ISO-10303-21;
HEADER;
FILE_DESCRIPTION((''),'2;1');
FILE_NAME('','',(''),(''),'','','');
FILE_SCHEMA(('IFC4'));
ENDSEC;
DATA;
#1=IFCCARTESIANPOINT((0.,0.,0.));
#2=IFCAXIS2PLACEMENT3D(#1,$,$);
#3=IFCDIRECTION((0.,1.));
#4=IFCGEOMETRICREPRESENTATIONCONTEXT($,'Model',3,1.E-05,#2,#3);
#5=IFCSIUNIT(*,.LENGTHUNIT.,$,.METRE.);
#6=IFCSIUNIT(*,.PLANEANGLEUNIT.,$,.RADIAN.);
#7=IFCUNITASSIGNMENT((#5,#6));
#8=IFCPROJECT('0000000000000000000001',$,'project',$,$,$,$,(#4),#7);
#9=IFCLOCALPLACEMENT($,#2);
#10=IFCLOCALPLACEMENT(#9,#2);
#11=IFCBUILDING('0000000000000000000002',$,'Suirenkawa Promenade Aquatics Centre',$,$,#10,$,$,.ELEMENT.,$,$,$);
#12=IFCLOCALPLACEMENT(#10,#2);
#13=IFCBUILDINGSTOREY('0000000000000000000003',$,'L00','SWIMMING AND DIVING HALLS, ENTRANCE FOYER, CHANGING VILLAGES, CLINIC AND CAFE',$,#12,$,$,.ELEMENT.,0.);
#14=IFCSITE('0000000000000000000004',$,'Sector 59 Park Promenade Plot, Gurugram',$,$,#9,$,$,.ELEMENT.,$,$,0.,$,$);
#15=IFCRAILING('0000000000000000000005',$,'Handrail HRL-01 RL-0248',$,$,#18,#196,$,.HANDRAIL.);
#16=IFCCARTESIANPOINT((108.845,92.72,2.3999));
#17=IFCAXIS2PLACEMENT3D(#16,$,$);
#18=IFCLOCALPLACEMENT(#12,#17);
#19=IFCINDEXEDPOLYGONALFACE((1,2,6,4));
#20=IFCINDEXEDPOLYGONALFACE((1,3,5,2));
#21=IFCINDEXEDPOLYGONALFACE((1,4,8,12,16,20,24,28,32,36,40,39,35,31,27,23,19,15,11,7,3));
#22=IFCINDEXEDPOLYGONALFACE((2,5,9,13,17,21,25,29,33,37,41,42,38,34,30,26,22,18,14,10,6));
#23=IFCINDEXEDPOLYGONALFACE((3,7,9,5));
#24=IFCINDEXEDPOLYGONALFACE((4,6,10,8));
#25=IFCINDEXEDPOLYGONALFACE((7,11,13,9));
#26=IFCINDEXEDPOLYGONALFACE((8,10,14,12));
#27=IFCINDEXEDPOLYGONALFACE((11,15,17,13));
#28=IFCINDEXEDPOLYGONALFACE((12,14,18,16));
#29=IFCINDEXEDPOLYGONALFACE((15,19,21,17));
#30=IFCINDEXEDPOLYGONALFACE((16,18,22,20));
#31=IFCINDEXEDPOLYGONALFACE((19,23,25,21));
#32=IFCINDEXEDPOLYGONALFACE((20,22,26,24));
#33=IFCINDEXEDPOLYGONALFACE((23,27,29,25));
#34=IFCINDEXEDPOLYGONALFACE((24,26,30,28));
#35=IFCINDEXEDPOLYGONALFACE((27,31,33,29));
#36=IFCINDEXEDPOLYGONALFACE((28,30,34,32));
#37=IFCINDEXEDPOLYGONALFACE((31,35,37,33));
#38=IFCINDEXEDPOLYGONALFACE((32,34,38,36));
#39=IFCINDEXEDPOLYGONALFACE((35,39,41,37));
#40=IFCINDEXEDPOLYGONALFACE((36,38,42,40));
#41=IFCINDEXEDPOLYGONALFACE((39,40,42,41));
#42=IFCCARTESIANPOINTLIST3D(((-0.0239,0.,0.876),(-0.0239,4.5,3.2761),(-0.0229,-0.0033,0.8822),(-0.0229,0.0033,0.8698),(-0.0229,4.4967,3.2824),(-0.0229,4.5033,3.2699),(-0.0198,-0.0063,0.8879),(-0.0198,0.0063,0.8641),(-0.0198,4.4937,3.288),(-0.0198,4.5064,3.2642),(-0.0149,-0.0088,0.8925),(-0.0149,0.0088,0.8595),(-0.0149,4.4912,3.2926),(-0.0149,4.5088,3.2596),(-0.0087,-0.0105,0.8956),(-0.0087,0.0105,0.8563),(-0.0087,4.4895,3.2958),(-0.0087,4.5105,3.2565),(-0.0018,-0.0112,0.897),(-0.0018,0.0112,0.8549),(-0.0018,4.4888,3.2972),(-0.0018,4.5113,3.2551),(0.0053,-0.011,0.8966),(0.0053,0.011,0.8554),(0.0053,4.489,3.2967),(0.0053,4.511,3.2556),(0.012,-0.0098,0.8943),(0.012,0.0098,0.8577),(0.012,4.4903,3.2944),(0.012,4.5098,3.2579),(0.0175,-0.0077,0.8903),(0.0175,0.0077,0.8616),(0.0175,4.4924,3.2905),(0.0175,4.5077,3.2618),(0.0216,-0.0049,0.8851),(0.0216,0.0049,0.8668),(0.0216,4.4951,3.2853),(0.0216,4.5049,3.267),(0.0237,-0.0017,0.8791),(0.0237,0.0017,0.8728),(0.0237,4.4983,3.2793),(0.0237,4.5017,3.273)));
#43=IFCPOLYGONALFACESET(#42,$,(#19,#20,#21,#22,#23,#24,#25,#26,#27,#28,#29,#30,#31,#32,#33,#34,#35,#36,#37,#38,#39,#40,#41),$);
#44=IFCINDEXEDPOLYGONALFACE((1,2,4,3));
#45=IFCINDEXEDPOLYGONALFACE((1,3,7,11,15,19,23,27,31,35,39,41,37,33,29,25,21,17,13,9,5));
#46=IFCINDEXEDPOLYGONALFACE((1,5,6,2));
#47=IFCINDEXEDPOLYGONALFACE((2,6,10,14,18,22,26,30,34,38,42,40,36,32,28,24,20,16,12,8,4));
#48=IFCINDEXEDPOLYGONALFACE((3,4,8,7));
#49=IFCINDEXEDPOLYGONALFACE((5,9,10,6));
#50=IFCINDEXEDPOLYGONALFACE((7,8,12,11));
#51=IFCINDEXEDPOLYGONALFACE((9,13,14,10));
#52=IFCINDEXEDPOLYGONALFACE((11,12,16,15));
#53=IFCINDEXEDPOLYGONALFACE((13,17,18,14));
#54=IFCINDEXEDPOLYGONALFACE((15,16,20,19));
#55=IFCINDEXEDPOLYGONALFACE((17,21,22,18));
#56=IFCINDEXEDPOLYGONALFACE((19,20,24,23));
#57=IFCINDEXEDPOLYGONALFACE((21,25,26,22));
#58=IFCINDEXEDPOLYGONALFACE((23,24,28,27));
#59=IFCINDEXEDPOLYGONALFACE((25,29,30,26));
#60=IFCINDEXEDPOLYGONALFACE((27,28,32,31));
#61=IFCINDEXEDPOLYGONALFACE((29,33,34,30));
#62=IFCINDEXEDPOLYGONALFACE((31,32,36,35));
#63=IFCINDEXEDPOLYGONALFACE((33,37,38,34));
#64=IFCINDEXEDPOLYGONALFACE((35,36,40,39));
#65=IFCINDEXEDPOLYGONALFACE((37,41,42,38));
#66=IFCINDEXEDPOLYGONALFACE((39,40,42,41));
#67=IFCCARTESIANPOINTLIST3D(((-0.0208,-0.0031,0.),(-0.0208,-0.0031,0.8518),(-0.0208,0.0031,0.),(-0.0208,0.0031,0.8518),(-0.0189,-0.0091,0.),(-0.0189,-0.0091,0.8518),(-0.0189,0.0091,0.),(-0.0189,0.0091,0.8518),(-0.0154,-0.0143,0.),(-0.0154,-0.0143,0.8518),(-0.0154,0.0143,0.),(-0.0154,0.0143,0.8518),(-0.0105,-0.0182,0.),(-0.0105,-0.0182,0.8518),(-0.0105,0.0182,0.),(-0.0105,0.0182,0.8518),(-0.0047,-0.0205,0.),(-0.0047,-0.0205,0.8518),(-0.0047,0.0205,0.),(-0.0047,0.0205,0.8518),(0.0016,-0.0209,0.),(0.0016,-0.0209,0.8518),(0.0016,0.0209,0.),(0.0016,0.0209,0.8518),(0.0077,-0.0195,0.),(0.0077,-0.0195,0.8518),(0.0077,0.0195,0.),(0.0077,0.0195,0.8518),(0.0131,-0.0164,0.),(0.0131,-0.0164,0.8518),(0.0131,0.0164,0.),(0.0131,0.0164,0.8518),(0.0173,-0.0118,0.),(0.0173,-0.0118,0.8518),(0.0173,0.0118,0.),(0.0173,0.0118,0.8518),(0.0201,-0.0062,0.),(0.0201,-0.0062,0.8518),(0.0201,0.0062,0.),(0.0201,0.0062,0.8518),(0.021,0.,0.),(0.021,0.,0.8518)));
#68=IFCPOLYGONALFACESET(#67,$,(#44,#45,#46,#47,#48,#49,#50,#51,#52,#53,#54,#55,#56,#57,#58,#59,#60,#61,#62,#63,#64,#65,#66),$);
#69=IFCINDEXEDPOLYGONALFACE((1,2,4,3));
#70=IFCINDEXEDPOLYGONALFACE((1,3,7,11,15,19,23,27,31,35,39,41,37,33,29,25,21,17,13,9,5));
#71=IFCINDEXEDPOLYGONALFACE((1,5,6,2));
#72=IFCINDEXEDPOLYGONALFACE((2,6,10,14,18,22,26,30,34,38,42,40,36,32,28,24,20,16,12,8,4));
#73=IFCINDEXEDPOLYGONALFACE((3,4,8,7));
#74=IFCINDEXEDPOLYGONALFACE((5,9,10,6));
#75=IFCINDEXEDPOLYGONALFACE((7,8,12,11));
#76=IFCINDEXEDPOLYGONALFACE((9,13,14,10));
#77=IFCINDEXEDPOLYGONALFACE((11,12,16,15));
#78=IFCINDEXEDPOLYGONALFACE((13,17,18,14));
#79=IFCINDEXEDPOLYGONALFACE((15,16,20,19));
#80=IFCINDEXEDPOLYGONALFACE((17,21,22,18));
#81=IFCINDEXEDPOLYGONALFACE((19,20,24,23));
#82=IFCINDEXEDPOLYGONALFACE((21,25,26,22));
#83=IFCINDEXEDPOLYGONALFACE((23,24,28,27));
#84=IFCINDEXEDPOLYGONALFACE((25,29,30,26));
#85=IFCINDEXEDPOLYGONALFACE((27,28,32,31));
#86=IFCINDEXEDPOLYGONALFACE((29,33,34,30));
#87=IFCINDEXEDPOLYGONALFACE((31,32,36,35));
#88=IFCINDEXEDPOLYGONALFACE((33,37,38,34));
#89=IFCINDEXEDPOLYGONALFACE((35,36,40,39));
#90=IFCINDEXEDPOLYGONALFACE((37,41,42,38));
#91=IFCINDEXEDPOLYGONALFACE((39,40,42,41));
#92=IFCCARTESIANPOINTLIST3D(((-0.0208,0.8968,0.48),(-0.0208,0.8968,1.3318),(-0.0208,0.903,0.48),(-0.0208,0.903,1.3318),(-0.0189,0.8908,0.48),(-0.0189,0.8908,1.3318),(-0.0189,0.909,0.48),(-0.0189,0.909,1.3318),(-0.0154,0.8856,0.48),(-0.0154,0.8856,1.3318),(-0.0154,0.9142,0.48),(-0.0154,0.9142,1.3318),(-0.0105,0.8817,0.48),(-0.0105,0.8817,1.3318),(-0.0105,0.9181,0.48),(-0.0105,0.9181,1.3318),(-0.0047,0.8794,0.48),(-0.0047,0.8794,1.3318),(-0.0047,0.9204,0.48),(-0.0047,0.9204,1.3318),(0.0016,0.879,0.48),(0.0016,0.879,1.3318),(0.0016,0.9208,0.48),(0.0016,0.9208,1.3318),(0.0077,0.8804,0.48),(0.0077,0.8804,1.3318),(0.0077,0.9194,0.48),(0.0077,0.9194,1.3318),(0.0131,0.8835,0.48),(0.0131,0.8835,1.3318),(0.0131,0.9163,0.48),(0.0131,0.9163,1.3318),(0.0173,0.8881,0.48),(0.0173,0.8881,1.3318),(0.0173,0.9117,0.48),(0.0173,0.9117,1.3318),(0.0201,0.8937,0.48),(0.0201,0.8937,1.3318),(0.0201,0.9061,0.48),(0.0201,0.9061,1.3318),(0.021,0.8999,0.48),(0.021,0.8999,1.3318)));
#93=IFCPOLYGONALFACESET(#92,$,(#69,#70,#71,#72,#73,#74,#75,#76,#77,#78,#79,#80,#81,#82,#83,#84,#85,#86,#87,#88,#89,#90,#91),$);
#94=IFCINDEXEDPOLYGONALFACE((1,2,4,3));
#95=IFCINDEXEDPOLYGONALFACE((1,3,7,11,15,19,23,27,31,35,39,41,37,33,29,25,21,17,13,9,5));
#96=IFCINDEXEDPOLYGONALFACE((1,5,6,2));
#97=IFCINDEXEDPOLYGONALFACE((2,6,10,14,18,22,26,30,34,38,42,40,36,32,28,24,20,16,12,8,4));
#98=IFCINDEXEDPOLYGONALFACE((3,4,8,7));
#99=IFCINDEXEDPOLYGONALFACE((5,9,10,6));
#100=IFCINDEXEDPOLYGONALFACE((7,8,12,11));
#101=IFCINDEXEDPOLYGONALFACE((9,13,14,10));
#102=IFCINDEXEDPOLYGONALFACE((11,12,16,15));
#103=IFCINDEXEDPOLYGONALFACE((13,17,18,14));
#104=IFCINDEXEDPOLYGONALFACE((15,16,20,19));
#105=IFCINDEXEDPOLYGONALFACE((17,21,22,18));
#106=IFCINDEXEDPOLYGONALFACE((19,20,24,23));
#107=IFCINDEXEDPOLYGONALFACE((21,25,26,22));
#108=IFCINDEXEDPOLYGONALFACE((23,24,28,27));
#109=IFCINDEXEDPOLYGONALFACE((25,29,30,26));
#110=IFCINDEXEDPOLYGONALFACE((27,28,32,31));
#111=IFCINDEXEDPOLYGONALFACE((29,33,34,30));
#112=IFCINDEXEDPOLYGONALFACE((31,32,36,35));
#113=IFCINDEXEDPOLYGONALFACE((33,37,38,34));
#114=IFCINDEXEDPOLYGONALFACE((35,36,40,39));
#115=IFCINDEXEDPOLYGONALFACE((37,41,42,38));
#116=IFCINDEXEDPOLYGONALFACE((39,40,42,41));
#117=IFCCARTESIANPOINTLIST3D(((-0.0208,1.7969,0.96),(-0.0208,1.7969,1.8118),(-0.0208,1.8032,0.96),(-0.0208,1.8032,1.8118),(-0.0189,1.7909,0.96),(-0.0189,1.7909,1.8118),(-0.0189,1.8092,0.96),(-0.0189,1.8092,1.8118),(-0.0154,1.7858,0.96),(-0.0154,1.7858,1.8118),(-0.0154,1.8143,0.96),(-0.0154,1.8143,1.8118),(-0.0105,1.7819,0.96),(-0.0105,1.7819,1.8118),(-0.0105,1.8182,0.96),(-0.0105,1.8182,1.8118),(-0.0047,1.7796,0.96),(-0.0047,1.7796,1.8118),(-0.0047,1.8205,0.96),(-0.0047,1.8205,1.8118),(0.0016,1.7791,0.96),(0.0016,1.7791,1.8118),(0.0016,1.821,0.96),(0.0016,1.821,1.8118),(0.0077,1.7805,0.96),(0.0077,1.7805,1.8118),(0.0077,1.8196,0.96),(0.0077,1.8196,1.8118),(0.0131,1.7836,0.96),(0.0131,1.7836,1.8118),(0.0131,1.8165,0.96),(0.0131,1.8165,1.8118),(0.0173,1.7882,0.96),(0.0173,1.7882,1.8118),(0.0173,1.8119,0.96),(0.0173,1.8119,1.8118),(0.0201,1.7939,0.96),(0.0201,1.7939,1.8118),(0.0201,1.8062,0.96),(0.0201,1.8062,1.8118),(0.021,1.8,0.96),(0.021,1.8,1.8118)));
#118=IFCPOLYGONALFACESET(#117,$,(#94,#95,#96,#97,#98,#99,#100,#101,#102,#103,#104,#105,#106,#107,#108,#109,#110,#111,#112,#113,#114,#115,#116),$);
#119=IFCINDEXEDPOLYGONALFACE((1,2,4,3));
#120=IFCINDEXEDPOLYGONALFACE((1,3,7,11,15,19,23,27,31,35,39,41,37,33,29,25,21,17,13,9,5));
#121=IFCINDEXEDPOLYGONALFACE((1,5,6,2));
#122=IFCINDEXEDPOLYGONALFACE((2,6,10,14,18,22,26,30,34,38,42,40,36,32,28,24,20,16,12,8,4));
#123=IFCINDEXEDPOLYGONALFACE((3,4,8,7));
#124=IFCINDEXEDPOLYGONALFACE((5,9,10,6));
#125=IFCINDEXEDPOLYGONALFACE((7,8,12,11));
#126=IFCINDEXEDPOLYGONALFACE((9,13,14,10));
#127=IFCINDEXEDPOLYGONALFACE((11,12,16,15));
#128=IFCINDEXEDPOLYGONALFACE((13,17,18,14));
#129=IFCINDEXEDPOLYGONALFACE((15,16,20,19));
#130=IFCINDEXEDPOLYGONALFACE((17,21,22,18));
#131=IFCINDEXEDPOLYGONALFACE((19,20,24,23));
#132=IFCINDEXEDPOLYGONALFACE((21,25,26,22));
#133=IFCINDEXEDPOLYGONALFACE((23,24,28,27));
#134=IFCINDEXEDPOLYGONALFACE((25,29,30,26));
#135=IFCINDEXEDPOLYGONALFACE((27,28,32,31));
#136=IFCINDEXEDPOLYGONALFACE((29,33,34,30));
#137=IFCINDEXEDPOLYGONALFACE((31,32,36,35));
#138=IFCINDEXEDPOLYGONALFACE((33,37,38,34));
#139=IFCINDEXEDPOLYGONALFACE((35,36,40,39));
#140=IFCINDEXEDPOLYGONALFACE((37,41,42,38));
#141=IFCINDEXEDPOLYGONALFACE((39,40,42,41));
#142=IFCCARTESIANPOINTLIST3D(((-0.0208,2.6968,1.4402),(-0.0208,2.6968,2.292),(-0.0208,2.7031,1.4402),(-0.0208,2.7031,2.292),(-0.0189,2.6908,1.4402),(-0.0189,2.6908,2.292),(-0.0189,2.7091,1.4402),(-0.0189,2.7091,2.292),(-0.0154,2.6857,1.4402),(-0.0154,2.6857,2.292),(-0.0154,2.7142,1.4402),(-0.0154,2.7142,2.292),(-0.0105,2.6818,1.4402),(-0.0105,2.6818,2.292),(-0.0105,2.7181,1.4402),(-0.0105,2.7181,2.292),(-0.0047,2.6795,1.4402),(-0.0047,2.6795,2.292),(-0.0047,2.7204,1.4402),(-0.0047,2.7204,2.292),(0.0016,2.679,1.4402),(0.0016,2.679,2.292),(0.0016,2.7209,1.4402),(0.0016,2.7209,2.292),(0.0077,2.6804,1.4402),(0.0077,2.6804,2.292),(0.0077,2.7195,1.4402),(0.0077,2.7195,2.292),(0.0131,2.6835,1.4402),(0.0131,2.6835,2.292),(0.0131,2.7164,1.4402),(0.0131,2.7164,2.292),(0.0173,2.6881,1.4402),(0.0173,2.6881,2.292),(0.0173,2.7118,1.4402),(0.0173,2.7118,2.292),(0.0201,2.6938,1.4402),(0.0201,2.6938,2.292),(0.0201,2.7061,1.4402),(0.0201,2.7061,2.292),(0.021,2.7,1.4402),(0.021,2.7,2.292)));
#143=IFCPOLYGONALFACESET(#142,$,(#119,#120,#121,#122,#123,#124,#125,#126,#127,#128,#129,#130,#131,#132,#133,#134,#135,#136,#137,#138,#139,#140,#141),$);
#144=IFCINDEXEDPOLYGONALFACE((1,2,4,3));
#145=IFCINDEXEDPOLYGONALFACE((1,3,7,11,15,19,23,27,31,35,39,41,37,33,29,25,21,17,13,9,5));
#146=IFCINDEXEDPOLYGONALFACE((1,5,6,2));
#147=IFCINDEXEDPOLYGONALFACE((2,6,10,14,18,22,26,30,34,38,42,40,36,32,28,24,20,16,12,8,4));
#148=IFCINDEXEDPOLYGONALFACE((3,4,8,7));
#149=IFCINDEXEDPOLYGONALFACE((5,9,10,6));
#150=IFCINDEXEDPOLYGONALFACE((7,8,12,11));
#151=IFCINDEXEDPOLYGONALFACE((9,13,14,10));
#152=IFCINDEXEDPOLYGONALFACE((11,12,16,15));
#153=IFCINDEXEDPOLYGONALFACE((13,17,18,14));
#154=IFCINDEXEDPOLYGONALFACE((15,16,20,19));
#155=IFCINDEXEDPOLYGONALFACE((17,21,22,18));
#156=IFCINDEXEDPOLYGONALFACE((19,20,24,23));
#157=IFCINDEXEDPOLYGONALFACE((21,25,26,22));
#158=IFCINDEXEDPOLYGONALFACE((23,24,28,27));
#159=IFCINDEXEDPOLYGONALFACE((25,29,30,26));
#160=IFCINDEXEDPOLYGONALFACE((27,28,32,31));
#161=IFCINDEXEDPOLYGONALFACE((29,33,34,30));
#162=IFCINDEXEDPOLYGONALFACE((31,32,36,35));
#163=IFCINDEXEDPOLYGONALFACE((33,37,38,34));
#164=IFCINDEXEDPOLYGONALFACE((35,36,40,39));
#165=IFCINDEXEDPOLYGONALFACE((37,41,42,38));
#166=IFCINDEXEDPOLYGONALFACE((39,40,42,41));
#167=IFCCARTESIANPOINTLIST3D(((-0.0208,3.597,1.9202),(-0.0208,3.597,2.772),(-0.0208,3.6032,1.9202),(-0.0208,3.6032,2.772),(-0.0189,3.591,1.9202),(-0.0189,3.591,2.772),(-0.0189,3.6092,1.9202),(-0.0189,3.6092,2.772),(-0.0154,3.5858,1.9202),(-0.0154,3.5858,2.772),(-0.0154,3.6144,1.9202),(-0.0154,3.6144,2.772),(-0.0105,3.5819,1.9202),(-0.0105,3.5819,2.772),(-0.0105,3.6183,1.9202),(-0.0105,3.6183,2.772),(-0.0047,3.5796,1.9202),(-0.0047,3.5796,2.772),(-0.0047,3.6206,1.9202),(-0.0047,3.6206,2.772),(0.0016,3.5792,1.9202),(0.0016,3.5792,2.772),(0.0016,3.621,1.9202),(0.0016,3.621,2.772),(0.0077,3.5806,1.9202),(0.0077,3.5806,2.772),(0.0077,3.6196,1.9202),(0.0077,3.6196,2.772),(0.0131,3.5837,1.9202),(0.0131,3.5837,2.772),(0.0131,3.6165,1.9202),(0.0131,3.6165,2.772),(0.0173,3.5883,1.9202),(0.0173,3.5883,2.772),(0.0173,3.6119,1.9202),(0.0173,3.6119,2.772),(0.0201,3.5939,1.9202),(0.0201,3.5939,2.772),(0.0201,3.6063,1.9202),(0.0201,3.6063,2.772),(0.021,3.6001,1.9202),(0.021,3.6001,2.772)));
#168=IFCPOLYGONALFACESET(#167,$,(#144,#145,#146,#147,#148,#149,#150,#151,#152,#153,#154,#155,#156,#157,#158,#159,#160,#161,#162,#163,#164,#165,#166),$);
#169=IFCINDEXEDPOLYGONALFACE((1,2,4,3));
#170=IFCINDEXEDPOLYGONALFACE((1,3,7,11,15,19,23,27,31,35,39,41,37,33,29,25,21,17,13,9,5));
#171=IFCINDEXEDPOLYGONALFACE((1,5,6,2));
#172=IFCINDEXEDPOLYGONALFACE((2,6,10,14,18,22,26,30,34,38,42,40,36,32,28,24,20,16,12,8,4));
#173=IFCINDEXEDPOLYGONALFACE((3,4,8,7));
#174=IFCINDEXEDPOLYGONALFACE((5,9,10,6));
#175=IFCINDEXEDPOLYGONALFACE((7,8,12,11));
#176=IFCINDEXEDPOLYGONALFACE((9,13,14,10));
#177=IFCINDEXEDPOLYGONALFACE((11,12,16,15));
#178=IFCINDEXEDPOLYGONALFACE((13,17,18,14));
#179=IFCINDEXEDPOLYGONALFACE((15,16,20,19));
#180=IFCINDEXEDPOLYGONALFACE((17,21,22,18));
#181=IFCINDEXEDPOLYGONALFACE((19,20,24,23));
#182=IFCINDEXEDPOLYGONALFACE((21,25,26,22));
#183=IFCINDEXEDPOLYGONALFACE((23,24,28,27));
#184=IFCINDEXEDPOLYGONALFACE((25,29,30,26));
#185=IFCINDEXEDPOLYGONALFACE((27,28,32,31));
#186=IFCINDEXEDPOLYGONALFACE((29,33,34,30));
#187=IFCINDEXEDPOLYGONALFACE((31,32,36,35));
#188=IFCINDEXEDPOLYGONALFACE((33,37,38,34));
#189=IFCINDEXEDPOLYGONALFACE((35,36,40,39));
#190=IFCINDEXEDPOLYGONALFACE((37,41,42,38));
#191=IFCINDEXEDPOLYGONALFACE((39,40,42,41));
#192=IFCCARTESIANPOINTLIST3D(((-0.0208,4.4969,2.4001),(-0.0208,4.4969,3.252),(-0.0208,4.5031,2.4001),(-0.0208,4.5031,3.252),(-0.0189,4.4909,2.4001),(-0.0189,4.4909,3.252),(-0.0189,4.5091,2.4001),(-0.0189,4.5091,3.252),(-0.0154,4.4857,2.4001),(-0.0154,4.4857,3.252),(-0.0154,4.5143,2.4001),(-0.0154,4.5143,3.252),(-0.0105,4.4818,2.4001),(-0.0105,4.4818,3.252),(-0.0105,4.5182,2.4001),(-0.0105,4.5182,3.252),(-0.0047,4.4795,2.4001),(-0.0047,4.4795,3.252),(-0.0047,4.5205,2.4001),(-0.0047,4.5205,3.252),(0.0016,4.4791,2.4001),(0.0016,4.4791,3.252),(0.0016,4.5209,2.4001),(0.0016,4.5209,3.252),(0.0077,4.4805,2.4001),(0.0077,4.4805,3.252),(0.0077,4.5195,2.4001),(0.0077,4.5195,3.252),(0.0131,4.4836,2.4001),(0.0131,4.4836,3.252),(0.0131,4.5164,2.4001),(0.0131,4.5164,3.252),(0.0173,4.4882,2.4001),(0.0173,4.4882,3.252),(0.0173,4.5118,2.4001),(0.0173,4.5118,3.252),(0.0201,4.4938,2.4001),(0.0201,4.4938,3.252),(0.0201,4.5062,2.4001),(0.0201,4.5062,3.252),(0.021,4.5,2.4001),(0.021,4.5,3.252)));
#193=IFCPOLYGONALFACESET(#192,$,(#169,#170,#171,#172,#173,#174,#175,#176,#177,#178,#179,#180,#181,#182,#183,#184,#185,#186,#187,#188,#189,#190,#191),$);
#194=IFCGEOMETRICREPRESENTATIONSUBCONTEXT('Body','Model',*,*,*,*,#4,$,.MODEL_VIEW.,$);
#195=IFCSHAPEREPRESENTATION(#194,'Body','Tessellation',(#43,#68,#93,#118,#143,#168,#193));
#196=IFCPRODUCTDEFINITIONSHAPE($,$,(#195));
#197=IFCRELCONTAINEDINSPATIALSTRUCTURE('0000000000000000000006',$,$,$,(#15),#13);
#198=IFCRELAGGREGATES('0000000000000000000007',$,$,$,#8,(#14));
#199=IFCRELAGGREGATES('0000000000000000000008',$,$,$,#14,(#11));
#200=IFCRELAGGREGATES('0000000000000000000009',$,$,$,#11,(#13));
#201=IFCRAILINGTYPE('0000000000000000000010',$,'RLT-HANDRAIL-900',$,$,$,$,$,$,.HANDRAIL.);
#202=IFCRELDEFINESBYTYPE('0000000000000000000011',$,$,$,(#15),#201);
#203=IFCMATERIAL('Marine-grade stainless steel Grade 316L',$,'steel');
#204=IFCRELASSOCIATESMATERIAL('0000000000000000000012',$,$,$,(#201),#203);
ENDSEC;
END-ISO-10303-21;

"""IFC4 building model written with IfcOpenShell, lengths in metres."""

from ifc_helpers import new_model, si_unit, direction, frame, origin, origin_2d, place, context, subcontext, project, spatial, circle, extrude, material, type_object, element, save


model = new_model("IFC4")

# Units and contexts
model_context = context("Model", 3, precision=1e-05, world=origin(), true_north=direction((0.0, 1.0)))
body_context = subcontext(model_context, "Body", "Model", "MODEL_VIEW")
ifc_project = project(units=[si_unit("LENGTHUNIT", "METRE"), si_unit("PLANEANGLEUNIT", "RADIAN")], contexts=[model_context])

# Site, building, storey
site_placement = place(None, origin())
site = spatial("IfcSite", under=ifc_project, at=site_placement, Name="Sector 59 Park Promenade Plot, Gurugram", CompositionType="ELEMENT", RefElevation=0.0)
building_placement = place(site_placement, origin())
building = spatial("IfcBuilding", under=site, at=building_placement, Name="Suirenkawa Promenade Aquatics Centre", CompositionType="ELEMENT")
storey_placement = place(building_placement, origin())
storey = spatial("IfcBuildingStorey", under=building, at=storey_placement, Name="L00", Description="SWIMMING AND DIVING HALLS, ENTRANCE FOYER, CHANGING VILLAGES, CLINIC AND CAFE", CompositionType="ELEMENT", Elevation=0.0)

# Railing
ifc_material_1 = material(Name="Marine-grade stainless steel Grade 316L", Category="steel")
railing_type_1 = type_object("IfcRailingType", Name="RLT-HANDRAIL-900", PredefinedType="HANDRAIL", material=ifc_material_1)
for number, where, name in (
    (1, (108.845, 92.72, 2.3999), "Handrail HRL-01 RL-0248"),
):
    element("IfcRailing", number, at=place(storey_placement, frame(where)), inside=storey, type_object=railing_type_1, Name=name, PredefinedType="HANDRAIL", context=body_context, shape_type="SweptSolid", body=[
        extrude(circle(Radius=0.0239, at=origin_2d()), frame((0.0, 0.0, 0.876), z_axis=(0.0, 0.882341, 0.470611), x_axis=(-1.0, 0.0, 0.0)), (0.0, 0.0, 1.0), 5.1001),
        extrude(circle(Radius=0.021, at=origin_2d()), origin(), (0.0, 0.0, 1.0), 0.8518),
        extrude(circle(Radius=0.021, at=origin_2d()), frame((0.0, 0.8999, 0.48)), (0.0, 0.0, 1.0), 0.8518),
        extrude(circle(Radius=0.021, at=origin_2d()), frame((0.0, 1.8, 0.96)), (0.0, 0.0, 1.0), 0.8518),
        extrude(circle(Radius=0.021, at=origin_2d()), frame((0.0, 2.7, 1.4402)), (0.0, 0.0, 1.0), 0.8518),
        extrude(circle(Radius=0.021, at=origin_2d()), frame((0.0, 3.6001, 1.9202)), (0.0, 0.0, 1.0), 0.8518),
        extrude(circle(Radius=0.021, at=origin_2d()), frame((0.0, 4.5, 2.4001)), (0.0, 0.0, 1.0), 0.8518),
    ])

save(model, "model.ifc")
